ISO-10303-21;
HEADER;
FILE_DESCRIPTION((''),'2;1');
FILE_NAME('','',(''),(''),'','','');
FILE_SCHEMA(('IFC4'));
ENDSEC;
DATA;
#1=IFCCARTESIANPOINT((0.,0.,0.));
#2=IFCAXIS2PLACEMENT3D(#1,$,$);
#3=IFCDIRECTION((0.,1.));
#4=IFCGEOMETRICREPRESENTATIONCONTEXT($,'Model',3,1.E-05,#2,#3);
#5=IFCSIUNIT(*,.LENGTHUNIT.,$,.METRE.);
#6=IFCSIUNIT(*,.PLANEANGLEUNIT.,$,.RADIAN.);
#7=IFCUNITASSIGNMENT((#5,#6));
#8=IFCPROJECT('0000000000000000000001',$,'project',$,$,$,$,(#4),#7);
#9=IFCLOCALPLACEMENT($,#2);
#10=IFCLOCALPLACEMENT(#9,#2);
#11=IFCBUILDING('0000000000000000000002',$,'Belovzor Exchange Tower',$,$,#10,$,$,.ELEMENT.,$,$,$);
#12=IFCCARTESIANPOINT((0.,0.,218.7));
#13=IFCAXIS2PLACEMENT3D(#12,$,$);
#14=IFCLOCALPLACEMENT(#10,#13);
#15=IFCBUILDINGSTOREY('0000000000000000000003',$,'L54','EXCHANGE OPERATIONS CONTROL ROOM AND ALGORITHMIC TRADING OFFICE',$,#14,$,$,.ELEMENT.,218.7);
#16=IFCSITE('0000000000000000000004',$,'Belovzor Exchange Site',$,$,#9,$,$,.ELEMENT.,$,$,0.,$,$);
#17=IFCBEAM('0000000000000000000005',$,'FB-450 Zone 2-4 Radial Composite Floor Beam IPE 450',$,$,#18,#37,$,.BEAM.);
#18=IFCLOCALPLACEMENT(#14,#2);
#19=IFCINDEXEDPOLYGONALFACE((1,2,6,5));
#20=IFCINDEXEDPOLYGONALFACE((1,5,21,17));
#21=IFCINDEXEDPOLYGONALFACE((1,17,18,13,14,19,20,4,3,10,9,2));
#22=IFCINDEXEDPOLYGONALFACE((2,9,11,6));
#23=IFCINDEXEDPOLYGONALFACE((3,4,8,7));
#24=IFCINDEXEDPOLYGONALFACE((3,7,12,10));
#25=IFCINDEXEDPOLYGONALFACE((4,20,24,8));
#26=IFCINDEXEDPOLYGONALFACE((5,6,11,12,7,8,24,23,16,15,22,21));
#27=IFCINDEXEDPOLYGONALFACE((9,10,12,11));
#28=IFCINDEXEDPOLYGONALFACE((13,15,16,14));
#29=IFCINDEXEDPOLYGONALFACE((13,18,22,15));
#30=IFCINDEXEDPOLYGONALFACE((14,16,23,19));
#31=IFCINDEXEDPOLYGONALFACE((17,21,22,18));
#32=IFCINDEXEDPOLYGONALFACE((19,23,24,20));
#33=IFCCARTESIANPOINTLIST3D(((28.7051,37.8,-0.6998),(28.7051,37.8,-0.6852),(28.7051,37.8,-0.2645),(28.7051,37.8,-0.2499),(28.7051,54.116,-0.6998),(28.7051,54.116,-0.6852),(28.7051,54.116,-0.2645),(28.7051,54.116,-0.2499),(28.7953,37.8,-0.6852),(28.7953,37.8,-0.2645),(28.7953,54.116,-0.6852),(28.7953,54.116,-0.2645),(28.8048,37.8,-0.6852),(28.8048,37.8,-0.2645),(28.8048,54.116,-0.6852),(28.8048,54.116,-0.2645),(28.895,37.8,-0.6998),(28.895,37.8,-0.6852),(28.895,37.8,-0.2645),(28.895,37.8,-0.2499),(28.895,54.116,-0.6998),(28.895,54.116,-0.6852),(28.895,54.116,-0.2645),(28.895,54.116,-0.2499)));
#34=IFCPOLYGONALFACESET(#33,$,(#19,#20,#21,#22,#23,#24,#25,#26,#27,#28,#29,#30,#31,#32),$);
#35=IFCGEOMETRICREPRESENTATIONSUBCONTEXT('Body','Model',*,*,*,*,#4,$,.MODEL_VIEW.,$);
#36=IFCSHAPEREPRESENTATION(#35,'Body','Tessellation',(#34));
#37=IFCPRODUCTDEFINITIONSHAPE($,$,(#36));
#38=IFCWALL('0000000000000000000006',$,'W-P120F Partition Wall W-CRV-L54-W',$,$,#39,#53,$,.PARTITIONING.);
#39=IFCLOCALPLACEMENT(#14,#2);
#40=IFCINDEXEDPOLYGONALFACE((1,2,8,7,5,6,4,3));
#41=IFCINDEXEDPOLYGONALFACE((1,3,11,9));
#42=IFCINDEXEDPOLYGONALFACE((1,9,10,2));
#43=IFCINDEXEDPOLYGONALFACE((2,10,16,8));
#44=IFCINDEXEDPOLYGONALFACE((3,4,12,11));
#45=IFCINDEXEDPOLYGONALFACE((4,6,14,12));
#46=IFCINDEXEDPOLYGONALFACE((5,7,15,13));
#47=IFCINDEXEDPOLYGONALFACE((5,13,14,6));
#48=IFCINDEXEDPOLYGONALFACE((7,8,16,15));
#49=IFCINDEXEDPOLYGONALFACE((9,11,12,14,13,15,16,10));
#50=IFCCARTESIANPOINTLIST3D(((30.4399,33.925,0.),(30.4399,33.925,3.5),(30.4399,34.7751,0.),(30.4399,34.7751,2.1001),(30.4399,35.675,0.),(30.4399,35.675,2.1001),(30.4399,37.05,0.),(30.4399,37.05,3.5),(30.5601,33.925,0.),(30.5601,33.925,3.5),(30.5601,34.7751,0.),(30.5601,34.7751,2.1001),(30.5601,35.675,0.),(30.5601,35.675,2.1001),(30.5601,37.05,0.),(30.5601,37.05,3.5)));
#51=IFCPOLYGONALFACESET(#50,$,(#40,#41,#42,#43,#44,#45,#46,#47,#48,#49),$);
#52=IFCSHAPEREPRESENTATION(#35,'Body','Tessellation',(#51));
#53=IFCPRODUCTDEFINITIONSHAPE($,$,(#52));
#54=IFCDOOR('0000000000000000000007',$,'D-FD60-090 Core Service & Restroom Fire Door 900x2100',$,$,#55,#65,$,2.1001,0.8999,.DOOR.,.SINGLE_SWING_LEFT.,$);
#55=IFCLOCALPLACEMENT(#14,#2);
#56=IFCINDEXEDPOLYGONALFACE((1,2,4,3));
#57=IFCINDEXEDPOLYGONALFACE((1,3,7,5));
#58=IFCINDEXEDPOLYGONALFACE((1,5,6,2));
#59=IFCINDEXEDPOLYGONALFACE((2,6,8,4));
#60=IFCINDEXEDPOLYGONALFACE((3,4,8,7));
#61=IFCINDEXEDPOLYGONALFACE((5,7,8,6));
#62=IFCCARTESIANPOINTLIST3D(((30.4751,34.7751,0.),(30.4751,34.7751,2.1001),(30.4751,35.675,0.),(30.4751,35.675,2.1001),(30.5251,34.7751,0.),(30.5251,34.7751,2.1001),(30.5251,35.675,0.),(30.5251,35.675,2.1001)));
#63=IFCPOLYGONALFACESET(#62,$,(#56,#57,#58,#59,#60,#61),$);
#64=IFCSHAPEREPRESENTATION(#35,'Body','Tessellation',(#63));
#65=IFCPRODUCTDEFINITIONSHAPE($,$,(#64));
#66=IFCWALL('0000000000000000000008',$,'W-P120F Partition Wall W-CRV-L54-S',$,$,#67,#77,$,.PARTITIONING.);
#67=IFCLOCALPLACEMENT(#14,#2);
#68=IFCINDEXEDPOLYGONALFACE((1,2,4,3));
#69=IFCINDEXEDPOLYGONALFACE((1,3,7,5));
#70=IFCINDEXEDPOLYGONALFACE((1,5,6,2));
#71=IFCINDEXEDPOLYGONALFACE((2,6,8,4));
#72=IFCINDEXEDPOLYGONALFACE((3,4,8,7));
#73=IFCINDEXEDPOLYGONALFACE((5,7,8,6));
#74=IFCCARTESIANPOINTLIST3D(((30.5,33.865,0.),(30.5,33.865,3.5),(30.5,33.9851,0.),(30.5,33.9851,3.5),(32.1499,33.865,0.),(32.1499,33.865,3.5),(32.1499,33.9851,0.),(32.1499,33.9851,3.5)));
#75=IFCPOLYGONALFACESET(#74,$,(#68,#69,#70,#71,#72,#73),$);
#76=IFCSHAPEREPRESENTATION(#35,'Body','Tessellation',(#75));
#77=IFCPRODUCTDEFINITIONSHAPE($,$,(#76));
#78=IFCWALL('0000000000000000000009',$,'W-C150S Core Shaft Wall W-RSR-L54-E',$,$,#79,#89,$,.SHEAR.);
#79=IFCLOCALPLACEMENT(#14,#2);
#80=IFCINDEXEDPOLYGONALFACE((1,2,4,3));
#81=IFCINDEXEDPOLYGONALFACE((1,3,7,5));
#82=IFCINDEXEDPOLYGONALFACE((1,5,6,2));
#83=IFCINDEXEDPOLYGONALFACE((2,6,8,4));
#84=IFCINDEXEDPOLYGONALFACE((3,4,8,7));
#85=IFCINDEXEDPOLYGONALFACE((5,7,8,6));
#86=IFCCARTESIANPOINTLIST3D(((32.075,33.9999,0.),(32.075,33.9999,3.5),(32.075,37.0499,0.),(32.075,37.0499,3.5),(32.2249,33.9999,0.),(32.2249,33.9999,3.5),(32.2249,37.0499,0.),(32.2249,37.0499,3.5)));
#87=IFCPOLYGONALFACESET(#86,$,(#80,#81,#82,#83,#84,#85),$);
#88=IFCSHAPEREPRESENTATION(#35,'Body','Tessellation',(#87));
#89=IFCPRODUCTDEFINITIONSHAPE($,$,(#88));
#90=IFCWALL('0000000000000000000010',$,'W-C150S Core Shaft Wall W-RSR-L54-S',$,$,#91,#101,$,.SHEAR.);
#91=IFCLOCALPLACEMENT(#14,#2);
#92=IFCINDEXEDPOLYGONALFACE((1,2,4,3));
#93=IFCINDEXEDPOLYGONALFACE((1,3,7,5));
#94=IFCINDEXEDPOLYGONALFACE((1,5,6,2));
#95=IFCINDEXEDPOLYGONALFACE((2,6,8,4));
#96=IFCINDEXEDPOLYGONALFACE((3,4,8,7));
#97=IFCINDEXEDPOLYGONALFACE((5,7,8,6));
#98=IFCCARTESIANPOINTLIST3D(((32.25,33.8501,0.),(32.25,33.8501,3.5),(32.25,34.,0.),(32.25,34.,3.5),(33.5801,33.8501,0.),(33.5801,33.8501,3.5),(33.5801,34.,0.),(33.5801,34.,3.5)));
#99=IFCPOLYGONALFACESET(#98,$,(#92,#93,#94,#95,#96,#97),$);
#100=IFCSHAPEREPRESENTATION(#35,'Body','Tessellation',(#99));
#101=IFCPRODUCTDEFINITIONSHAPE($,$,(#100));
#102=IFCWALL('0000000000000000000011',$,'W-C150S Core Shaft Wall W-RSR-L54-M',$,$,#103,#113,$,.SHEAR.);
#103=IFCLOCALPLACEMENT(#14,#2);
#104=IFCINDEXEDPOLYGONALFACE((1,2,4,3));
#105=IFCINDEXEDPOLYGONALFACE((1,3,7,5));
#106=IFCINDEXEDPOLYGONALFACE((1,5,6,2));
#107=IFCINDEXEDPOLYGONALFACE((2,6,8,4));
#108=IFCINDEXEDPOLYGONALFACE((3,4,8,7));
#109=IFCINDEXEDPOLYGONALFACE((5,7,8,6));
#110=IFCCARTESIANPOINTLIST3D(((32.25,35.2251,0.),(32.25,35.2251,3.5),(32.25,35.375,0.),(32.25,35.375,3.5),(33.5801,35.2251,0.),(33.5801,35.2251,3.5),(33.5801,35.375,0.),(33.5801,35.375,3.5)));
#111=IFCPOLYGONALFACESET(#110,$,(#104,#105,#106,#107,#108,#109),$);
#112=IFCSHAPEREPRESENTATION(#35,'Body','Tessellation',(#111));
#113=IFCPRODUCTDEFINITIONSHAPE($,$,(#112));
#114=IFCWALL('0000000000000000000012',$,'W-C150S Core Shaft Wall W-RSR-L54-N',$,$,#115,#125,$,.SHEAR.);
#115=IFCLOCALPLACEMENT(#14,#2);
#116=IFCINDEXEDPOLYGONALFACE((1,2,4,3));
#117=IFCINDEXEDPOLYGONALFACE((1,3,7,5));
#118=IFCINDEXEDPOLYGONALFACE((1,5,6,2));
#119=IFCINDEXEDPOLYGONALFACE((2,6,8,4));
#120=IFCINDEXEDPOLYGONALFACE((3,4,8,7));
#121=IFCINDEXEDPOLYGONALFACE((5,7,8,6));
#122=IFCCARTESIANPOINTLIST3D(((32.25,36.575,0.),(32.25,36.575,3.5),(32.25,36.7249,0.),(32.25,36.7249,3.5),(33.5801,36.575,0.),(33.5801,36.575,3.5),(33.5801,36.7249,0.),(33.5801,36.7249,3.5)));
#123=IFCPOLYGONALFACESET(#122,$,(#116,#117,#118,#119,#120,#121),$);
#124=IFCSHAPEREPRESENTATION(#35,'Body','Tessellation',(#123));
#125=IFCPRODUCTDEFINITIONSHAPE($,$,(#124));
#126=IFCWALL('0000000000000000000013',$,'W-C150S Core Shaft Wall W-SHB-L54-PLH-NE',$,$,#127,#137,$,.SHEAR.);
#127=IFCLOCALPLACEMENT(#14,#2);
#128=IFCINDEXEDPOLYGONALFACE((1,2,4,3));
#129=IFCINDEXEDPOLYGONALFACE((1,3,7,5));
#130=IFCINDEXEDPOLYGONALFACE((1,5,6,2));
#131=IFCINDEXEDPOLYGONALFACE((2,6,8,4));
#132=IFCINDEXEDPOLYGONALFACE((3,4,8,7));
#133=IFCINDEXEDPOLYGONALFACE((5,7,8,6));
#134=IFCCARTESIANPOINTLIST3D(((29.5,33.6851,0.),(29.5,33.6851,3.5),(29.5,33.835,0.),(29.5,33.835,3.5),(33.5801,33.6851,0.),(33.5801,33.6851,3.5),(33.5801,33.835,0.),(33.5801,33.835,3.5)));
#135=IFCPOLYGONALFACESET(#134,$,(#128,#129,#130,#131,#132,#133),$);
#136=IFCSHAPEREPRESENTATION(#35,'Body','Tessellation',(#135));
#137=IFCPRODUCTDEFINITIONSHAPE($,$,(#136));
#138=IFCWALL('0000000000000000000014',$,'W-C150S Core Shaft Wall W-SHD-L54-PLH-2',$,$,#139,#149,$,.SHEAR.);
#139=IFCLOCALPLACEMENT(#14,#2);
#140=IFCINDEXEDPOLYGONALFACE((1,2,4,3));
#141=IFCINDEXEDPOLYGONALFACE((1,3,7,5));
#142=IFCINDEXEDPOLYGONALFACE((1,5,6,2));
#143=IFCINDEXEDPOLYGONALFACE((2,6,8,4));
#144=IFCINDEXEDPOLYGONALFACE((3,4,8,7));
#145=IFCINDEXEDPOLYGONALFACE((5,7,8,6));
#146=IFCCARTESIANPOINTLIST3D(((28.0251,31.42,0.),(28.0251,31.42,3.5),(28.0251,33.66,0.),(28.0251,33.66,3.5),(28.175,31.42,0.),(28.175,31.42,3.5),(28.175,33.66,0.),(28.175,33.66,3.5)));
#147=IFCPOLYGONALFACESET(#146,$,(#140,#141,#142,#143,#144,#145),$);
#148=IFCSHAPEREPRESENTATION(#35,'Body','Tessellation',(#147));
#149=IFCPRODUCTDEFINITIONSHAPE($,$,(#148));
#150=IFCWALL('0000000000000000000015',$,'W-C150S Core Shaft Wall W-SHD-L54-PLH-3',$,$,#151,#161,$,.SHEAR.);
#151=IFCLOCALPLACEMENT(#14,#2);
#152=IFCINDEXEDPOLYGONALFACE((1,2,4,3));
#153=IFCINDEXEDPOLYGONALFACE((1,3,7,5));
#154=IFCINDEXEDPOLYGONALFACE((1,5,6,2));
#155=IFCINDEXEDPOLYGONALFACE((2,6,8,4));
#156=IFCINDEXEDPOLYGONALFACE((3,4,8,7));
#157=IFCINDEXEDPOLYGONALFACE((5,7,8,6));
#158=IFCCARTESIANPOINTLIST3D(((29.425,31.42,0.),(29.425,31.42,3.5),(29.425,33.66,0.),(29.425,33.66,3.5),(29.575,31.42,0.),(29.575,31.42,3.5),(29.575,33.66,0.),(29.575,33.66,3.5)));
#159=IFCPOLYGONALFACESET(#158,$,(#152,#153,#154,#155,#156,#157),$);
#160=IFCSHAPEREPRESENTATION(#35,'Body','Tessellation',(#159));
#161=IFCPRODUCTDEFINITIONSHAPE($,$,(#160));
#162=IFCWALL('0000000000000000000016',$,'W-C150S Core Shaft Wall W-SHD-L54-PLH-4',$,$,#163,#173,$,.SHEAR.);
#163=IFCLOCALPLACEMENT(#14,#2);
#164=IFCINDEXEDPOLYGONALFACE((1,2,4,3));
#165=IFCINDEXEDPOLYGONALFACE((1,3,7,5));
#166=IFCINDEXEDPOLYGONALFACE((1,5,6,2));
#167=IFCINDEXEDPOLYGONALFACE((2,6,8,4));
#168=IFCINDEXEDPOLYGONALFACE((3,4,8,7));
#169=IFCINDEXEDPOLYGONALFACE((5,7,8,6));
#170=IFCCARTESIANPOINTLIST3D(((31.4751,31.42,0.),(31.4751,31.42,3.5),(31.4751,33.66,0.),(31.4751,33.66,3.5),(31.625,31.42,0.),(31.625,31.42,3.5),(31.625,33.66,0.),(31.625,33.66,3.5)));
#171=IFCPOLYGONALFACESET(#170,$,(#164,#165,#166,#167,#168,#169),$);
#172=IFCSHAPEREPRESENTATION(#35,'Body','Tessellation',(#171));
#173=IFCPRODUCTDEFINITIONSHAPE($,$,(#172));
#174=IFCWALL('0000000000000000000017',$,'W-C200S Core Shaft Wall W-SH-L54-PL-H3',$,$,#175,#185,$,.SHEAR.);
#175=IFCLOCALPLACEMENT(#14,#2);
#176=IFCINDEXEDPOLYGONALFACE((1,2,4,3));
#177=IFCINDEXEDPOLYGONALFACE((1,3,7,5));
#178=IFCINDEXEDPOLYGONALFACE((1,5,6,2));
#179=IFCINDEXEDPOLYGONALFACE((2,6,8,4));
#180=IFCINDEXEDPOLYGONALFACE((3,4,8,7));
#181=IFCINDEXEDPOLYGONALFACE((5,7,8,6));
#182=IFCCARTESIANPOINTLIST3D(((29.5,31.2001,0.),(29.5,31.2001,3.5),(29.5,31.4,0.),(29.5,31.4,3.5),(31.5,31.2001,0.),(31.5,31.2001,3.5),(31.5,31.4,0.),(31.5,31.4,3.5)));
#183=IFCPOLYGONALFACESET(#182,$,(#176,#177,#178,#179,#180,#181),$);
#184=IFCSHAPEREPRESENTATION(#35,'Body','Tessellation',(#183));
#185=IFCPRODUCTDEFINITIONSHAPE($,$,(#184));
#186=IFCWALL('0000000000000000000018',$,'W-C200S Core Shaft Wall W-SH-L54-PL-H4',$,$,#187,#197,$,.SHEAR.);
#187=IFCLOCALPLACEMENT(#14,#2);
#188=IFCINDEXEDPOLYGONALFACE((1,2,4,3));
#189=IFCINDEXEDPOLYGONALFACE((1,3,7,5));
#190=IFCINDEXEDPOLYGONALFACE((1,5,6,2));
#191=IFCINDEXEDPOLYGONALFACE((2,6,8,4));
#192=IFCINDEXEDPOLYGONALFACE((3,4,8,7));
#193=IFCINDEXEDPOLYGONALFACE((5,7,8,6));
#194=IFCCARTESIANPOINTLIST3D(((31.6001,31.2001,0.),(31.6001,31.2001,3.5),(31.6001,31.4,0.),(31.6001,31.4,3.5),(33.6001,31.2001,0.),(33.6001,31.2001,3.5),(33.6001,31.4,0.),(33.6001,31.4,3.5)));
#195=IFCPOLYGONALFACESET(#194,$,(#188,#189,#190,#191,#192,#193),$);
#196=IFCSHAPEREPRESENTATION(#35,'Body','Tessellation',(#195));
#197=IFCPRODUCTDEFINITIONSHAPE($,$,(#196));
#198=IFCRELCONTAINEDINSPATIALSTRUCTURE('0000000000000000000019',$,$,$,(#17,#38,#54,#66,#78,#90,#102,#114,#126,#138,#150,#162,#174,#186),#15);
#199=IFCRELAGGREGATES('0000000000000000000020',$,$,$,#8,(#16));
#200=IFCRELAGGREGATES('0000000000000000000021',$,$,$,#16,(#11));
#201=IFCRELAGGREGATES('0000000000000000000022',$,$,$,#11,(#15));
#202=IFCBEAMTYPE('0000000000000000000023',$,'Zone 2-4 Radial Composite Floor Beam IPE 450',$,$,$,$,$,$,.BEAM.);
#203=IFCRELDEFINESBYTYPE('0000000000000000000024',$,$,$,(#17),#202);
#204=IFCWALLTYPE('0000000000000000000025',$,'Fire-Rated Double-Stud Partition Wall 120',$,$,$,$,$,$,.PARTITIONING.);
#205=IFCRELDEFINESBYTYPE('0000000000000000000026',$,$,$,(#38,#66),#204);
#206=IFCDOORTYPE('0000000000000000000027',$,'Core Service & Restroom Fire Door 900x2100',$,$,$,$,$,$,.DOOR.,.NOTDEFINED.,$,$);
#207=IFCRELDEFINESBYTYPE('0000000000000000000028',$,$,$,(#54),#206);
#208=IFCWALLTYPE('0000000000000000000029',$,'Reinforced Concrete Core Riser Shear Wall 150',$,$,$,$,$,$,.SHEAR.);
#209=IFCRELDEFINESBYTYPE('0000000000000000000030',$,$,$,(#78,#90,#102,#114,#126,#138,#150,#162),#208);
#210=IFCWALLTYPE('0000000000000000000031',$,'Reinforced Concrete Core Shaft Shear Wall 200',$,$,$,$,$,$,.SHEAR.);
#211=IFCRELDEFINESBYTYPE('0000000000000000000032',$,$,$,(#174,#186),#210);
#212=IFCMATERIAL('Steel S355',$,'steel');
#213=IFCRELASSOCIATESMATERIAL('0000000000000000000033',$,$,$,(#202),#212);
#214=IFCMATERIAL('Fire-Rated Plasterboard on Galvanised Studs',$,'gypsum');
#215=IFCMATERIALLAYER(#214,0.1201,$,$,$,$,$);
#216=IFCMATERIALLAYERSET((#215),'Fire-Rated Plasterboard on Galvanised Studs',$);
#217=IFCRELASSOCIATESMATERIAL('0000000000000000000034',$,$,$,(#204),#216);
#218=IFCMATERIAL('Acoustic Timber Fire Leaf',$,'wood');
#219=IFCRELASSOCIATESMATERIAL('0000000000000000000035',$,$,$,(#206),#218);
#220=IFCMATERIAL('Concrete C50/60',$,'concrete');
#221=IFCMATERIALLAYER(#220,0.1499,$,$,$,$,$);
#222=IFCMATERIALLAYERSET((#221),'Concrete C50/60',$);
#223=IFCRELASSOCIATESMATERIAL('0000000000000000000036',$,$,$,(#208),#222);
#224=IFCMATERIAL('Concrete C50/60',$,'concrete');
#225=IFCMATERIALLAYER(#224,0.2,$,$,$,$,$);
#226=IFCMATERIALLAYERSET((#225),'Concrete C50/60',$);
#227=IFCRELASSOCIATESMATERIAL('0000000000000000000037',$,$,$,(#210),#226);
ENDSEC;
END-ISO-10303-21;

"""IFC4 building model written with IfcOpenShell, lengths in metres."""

from ifc_helpers import new_model, si_unit, direction, frame, frame_2d, origin, origin_2d, place, context, subcontext, project, spatial, rectangle, i_section, extrude, material, layer, layer_set, material_profile, profile_set, type_object, element, fill, save


model = new_model("IFC4")

# Units and contexts
model_context = context("Model", 3, precision=1e-05, world=origin(), true_north=direction((0.0, 1.0)))
body_context = subcontext(model_context, "Body", "Model", "MODEL_VIEW")
ifc_project = project(units=[si_unit("LENGTHUNIT", "METRE"), si_unit("PLANEANGLEUNIT", "RADIAN")], contexts=[model_context])

# Site, building, storey
site_placement = place(None, origin())
site = spatial("IfcSite", under=ifc_project, at=site_placement, Name="Belovzor Exchange Site", CompositionType="ELEMENT", RefElevation=0.0)
building_placement = place(site_placement, origin())
building = spatial("IfcBuilding", under=site, at=building_placement, Name="Belovzor Exchange Tower", CompositionType="ELEMENT")
storey_placement = place(building_placement, frame((0.0, 0.0, 218.7)))
storey = spatial("IfcBuildingStorey", under=building, at=storey_placement, Name="L54", Description="EXCHANGE OPERATIONS CONTROL ROOM AND ALGORITHMIC TRADING OFFICE", CompositionType="ELEMENT", Elevation=218.7)

# Beam
ifc_material_1 = material(Name="Steel S355", Category="steel")
ifc_material_profile = material_profile(ifc_material_1, i_section(OverallWidth=0.1899, OverallDepth=0.45, WebThickness=0.0095, FlangeThickness=0.0146, at=origin_2d()))
ifc_profile_set = profile_set([ifc_material_profile], Name="Steel S355")
beam_type = type_object("IfcBeamType", Name="Zone 2-4 Radial Composite Floor Beam IPE 450", PredefinedType="BEAM", material=ifc_profile_set)
beam_placement = place(storey_placement, frame((28.8, 37.8, -0.4749), z_axis=(0.0, 1.0, 0.0), x_axis=(-1.0, 0.0, 0.0)))
element("IfcBeam", 1, at=beam_placement, inside=storey, type_object=beam_type, Name="FB-450 Zone 2-4 Radial Composite Floor Beam IPE 450", PredefinedType="BEAM", context=body_context, shape_type="SweptSolid", body=[
    extrude(i_section(OverallWidth=0.1899, OverallDepth=0.45, WebThickness=0.0095, FlangeThickness=0.0146, at=origin_2d()), origin(), (0.0, 0.0, 1.0), 16.3159),
])

# Wall, opening, door
ifc_material_2 = material(Name="Fire-Rated Plasterboard on Galvanised Studs", Category="gypsum")
ifc_layer_1 = layer(ifc_material_2, 0.1201)
ifc_layer_set_1 = layer_set([ifc_layer_1], Name="Fire-Rated Plasterboard on Galvanised Studs")
wall_type_1 = type_object("IfcWallType", Name="Fire-Rated Double-Stud Partition Wall 120", PredefinedType="PARTITIONING", material=ifc_layer_set_1)
wall_1_placement = place(storey_placement, frame((30.5, 33.925, 0.0), z_axis=(0.0, 0.0, 1.0), x_axis=(0.0, 1.0, 0.0)))
wall_1 = element("IfcWall", 2, at=wall_1_placement, inside=storey, type_object=wall_type_1, Name="W-P120F Partition Wall W-CRV-L54-W", PredefinedType="PARTITIONING", context=body_context, shape_type="SweptSolid", body=[
    extrude(rectangle(XDim=3.125, YDim=0.1201, at=frame_2d((1.5625, 0.0))), origin(), (0.0, 0.0, 1.0), 3.5),
])
opening_placement = place(wall_1_placement, frame((0.8501, 0.0, 0.0)))
opening = element("IfcOpeningElement", 3, at=opening_placement, cuts=wall_1, PredefinedType="OPENING", context=body_context, shape_type="SweptSolid", body=[
    extrude(rectangle(XDim=0.8999, YDim=2.1001, at=frame_2d((0.45, 1.05))), frame((0.0, 0.0701, 0.0), z_axis=(0.0, -1.0, 0.0), x_axis=(1.0, 0.0, 0.0)), (0.0, 0.0, 1.0), 0.1401),
])
ifc_material_3 = material(Name="Acoustic Timber Fire Leaf", Category="wood")
door_type = type_object("IfcDoorType", Name="Core Service & Restroom Fire Door 900x2100", OperationType="NOTDEFINED", PredefinedType="DOOR", material=ifc_material_3)
door_placement = place(opening_placement, origin())
door = element("IfcDoor", 4, at=door_placement, inside=storey, type_object=door_type, Name="D-FD60-090 Core Service & Restroom Fire Door 900x2100", OperationType="SINGLE_SWING_LEFT", OverallHeight=2.1001, OverallWidth=0.8999, PredefinedType="DOOR", context=body_context, shape_type="SweptSolid", body=[
    extrude(rectangle(XDim=0.8999, YDim=2.1001, at=frame_2d((0.45, 1.05))), frame((0.0, 0.0249, 0.0), z_axis=(0.0, -1.0, 0.0), x_axis=(1.0, 0.0, 0.0)), (0.0, 0.0, 1.0), 0.05),
])
fill(opening, door)

# Walls
wall_2_placement = place(storey_placement, frame((30.5, 33.925, 0.0), z_axis=(0.0, 0.0, 1.0), x_axis=(1.0, 0.0, 0.0)))
element("IfcWall", 5, at=wall_2_placement, inside=storey, type_object=wall_type_1, Name="W-P120F Partition Wall W-CRV-L54-S", PredefinedType="PARTITIONING", context=body_context, shape_type="SweptSolid", body=[
    extrude(rectangle(XDim=1.6499, YDim=0.1201, at=frame_2d((0.825, 0.0))), origin(), (0.0, 0.0, 1.0), 3.5),
])
ifc_material_4 = material(Name="Concrete C50/60", Category="concrete")
ifc_layer_2 = layer(ifc_material_4, 0.1499)
ifc_layer_set_2 = layer_set([ifc_layer_2], Name="Concrete C50/60")
wall_type_2 = type_object("IfcWallType", Name="Reinforced Concrete Core Riser Shear Wall 150", PredefinedType="SHEAR", material=ifc_layer_set_2)
wall_3_placement = place(storey_placement, frame((32.1499, 34.0, 0.0), z_axis=(0.0, 0.0, 1.0), x_axis=(0.0, 1.0, 0.0)))
element("IfcWall", 6, at=wall_3_placement, inside=storey, type_object=wall_type_2, Name="W-C150S Core Shaft Wall W-RSR-L54-E", PredefinedType="SHEAR", context=body_context, shape_type="SweptSolid", body=[
    extrude(rectangle(XDim=3.05, YDim=0.1499, at=frame_2d((1.5249, 0.0))), origin(), (0.0, 0.0, 1.0), 3.5),
])
for number, where, z_axis, x_axis, name in (
    (7, (32.25, 33.925, 0.0), (0.0, 0.0, 1.0), (1.0, 0.0, 0.0), "W-C150S Core Shaft Wall W-RSR-L54-S"),
    (8, (32.25, 35.3, 0.0), (0.0, 0.0, 1.0), (1.0, 0.0, 0.0), "W-C150S Core Shaft Wall W-RSR-L54-M"),
    (9, (32.25, 36.6499, 0.0), (0.0, 0.0, 1.0), (1.0, 0.0, 0.0), "W-C150S Core Shaft Wall W-RSR-L54-N"),
):
    element("IfcWall", number, at=place(storey_placement, frame(where, z_axis=z_axis, x_axis=x_axis)), inside=storey, type_object=wall_type_2, Name=name, PredefinedType="SHEAR", context=body_context, shape_type="SweptSolid", body=[
        extrude(rectangle(XDim=1.3301, YDim=0.1499, at=frame_2d((0.665, 0.0))), origin(), (0.0, 0.0, 1.0), 3.5),
    ])
wall_4_placement = place(storey_placement, frame((29.5, 33.76, 0.0), z_axis=(0.0, 0.0, 1.0), x_axis=(1.0, 0.0, 0.0)))
element("IfcWall", 10, at=wall_4_placement, inside=storey, type_object=wall_type_2, Name="W-C150S Core Shaft Wall W-SHB-L54-PLH-NE", PredefinedType="SHEAR", context=body_context, shape_type="SweptSolid", body=[
    extrude(rectangle(XDim=4.0801, YDim=0.1499, at=frame_2d((2.04, 0.0))), origin(), (0.0, 0.0, 1.0), 3.5),
])
for number, where, z_axis, x_axis, name in (
    (11, (28.1001, 31.4199, 0.0), (0.0, 0.0, 1.0), (0.0, 1.0, 0.0), "W-C150S Core Shaft Wall W-SHD-L54-PLH-2"),
    (12, (29.5, 31.4199, 0.0), (0.0, 0.0, 1.0), (0.0, 1.0, 0.0), "W-C150S Core Shaft Wall W-SHD-L54-PLH-3"),
    (13, (31.55, 31.4199, 0.0), (0.0, 0.0, 1.0), (0.0, 1.0, 0.0), "W-C150S Core Shaft Wall W-SHD-L54-PLH-4"),
):
    element("IfcWall", number, at=place(storey_placement, frame(where, z_axis=z_axis, x_axis=x_axis)), inside=storey, type_object=wall_type_2, Name=name, PredefinedType="SHEAR", context=body_context, shape_type="SweptSolid", body=[
        extrude(rectangle(XDim=2.24, YDim=0.1499, at=frame_2d((1.1201, 0.0))), origin(), (0.0, 0.0, 1.0), 3.5),
    ])
ifc_material_5 = material(Name="Concrete C50/60", Category="concrete")
ifc_layer_3 = layer(ifc_material_5, 0.2)
ifc_layer_set_3 = layer_set([ifc_layer_3], Name="Concrete C50/60")
wall_type_3 = type_object("IfcWallType", Name="Reinforced Concrete Core Shaft Shear Wall 200", PredefinedType="SHEAR", material=ifc_layer_set_3)
for number, where, z_axis, x_axis, name in (
    (14, (29.5, 31.3, 0.0), (0.0, 0.0, 1.0), (1.0, 0.0, 0.0), "W-C200S Core Shaft Wall W-SH-L54-PL-H3"),
    (15, (31.6001, 31.3, 0.0), (0.0, 0.0, 1.0), (1.0, 0.0, 0.0), "W-C200S Core Shaft Wall W-SH-L54-PL-H4"),
):
    element("IfcWall", number, at=place(storey_placement, frame(where, z_axis=z_axis, x_axis=x_axis)), inside=storey, type_object=wall_type_3, Name=name, PredefinedType="SHEAR", context=body_context, shape_type="SweptSolid", body=[
        extrude(rectangle(XDim=2.0, YDim=0.2, at=frame_2d((1.0, 0.0))), origin(), (0.0, 0.0, 1.0), 3.5),
    ])

save(model, "model.ifc")
